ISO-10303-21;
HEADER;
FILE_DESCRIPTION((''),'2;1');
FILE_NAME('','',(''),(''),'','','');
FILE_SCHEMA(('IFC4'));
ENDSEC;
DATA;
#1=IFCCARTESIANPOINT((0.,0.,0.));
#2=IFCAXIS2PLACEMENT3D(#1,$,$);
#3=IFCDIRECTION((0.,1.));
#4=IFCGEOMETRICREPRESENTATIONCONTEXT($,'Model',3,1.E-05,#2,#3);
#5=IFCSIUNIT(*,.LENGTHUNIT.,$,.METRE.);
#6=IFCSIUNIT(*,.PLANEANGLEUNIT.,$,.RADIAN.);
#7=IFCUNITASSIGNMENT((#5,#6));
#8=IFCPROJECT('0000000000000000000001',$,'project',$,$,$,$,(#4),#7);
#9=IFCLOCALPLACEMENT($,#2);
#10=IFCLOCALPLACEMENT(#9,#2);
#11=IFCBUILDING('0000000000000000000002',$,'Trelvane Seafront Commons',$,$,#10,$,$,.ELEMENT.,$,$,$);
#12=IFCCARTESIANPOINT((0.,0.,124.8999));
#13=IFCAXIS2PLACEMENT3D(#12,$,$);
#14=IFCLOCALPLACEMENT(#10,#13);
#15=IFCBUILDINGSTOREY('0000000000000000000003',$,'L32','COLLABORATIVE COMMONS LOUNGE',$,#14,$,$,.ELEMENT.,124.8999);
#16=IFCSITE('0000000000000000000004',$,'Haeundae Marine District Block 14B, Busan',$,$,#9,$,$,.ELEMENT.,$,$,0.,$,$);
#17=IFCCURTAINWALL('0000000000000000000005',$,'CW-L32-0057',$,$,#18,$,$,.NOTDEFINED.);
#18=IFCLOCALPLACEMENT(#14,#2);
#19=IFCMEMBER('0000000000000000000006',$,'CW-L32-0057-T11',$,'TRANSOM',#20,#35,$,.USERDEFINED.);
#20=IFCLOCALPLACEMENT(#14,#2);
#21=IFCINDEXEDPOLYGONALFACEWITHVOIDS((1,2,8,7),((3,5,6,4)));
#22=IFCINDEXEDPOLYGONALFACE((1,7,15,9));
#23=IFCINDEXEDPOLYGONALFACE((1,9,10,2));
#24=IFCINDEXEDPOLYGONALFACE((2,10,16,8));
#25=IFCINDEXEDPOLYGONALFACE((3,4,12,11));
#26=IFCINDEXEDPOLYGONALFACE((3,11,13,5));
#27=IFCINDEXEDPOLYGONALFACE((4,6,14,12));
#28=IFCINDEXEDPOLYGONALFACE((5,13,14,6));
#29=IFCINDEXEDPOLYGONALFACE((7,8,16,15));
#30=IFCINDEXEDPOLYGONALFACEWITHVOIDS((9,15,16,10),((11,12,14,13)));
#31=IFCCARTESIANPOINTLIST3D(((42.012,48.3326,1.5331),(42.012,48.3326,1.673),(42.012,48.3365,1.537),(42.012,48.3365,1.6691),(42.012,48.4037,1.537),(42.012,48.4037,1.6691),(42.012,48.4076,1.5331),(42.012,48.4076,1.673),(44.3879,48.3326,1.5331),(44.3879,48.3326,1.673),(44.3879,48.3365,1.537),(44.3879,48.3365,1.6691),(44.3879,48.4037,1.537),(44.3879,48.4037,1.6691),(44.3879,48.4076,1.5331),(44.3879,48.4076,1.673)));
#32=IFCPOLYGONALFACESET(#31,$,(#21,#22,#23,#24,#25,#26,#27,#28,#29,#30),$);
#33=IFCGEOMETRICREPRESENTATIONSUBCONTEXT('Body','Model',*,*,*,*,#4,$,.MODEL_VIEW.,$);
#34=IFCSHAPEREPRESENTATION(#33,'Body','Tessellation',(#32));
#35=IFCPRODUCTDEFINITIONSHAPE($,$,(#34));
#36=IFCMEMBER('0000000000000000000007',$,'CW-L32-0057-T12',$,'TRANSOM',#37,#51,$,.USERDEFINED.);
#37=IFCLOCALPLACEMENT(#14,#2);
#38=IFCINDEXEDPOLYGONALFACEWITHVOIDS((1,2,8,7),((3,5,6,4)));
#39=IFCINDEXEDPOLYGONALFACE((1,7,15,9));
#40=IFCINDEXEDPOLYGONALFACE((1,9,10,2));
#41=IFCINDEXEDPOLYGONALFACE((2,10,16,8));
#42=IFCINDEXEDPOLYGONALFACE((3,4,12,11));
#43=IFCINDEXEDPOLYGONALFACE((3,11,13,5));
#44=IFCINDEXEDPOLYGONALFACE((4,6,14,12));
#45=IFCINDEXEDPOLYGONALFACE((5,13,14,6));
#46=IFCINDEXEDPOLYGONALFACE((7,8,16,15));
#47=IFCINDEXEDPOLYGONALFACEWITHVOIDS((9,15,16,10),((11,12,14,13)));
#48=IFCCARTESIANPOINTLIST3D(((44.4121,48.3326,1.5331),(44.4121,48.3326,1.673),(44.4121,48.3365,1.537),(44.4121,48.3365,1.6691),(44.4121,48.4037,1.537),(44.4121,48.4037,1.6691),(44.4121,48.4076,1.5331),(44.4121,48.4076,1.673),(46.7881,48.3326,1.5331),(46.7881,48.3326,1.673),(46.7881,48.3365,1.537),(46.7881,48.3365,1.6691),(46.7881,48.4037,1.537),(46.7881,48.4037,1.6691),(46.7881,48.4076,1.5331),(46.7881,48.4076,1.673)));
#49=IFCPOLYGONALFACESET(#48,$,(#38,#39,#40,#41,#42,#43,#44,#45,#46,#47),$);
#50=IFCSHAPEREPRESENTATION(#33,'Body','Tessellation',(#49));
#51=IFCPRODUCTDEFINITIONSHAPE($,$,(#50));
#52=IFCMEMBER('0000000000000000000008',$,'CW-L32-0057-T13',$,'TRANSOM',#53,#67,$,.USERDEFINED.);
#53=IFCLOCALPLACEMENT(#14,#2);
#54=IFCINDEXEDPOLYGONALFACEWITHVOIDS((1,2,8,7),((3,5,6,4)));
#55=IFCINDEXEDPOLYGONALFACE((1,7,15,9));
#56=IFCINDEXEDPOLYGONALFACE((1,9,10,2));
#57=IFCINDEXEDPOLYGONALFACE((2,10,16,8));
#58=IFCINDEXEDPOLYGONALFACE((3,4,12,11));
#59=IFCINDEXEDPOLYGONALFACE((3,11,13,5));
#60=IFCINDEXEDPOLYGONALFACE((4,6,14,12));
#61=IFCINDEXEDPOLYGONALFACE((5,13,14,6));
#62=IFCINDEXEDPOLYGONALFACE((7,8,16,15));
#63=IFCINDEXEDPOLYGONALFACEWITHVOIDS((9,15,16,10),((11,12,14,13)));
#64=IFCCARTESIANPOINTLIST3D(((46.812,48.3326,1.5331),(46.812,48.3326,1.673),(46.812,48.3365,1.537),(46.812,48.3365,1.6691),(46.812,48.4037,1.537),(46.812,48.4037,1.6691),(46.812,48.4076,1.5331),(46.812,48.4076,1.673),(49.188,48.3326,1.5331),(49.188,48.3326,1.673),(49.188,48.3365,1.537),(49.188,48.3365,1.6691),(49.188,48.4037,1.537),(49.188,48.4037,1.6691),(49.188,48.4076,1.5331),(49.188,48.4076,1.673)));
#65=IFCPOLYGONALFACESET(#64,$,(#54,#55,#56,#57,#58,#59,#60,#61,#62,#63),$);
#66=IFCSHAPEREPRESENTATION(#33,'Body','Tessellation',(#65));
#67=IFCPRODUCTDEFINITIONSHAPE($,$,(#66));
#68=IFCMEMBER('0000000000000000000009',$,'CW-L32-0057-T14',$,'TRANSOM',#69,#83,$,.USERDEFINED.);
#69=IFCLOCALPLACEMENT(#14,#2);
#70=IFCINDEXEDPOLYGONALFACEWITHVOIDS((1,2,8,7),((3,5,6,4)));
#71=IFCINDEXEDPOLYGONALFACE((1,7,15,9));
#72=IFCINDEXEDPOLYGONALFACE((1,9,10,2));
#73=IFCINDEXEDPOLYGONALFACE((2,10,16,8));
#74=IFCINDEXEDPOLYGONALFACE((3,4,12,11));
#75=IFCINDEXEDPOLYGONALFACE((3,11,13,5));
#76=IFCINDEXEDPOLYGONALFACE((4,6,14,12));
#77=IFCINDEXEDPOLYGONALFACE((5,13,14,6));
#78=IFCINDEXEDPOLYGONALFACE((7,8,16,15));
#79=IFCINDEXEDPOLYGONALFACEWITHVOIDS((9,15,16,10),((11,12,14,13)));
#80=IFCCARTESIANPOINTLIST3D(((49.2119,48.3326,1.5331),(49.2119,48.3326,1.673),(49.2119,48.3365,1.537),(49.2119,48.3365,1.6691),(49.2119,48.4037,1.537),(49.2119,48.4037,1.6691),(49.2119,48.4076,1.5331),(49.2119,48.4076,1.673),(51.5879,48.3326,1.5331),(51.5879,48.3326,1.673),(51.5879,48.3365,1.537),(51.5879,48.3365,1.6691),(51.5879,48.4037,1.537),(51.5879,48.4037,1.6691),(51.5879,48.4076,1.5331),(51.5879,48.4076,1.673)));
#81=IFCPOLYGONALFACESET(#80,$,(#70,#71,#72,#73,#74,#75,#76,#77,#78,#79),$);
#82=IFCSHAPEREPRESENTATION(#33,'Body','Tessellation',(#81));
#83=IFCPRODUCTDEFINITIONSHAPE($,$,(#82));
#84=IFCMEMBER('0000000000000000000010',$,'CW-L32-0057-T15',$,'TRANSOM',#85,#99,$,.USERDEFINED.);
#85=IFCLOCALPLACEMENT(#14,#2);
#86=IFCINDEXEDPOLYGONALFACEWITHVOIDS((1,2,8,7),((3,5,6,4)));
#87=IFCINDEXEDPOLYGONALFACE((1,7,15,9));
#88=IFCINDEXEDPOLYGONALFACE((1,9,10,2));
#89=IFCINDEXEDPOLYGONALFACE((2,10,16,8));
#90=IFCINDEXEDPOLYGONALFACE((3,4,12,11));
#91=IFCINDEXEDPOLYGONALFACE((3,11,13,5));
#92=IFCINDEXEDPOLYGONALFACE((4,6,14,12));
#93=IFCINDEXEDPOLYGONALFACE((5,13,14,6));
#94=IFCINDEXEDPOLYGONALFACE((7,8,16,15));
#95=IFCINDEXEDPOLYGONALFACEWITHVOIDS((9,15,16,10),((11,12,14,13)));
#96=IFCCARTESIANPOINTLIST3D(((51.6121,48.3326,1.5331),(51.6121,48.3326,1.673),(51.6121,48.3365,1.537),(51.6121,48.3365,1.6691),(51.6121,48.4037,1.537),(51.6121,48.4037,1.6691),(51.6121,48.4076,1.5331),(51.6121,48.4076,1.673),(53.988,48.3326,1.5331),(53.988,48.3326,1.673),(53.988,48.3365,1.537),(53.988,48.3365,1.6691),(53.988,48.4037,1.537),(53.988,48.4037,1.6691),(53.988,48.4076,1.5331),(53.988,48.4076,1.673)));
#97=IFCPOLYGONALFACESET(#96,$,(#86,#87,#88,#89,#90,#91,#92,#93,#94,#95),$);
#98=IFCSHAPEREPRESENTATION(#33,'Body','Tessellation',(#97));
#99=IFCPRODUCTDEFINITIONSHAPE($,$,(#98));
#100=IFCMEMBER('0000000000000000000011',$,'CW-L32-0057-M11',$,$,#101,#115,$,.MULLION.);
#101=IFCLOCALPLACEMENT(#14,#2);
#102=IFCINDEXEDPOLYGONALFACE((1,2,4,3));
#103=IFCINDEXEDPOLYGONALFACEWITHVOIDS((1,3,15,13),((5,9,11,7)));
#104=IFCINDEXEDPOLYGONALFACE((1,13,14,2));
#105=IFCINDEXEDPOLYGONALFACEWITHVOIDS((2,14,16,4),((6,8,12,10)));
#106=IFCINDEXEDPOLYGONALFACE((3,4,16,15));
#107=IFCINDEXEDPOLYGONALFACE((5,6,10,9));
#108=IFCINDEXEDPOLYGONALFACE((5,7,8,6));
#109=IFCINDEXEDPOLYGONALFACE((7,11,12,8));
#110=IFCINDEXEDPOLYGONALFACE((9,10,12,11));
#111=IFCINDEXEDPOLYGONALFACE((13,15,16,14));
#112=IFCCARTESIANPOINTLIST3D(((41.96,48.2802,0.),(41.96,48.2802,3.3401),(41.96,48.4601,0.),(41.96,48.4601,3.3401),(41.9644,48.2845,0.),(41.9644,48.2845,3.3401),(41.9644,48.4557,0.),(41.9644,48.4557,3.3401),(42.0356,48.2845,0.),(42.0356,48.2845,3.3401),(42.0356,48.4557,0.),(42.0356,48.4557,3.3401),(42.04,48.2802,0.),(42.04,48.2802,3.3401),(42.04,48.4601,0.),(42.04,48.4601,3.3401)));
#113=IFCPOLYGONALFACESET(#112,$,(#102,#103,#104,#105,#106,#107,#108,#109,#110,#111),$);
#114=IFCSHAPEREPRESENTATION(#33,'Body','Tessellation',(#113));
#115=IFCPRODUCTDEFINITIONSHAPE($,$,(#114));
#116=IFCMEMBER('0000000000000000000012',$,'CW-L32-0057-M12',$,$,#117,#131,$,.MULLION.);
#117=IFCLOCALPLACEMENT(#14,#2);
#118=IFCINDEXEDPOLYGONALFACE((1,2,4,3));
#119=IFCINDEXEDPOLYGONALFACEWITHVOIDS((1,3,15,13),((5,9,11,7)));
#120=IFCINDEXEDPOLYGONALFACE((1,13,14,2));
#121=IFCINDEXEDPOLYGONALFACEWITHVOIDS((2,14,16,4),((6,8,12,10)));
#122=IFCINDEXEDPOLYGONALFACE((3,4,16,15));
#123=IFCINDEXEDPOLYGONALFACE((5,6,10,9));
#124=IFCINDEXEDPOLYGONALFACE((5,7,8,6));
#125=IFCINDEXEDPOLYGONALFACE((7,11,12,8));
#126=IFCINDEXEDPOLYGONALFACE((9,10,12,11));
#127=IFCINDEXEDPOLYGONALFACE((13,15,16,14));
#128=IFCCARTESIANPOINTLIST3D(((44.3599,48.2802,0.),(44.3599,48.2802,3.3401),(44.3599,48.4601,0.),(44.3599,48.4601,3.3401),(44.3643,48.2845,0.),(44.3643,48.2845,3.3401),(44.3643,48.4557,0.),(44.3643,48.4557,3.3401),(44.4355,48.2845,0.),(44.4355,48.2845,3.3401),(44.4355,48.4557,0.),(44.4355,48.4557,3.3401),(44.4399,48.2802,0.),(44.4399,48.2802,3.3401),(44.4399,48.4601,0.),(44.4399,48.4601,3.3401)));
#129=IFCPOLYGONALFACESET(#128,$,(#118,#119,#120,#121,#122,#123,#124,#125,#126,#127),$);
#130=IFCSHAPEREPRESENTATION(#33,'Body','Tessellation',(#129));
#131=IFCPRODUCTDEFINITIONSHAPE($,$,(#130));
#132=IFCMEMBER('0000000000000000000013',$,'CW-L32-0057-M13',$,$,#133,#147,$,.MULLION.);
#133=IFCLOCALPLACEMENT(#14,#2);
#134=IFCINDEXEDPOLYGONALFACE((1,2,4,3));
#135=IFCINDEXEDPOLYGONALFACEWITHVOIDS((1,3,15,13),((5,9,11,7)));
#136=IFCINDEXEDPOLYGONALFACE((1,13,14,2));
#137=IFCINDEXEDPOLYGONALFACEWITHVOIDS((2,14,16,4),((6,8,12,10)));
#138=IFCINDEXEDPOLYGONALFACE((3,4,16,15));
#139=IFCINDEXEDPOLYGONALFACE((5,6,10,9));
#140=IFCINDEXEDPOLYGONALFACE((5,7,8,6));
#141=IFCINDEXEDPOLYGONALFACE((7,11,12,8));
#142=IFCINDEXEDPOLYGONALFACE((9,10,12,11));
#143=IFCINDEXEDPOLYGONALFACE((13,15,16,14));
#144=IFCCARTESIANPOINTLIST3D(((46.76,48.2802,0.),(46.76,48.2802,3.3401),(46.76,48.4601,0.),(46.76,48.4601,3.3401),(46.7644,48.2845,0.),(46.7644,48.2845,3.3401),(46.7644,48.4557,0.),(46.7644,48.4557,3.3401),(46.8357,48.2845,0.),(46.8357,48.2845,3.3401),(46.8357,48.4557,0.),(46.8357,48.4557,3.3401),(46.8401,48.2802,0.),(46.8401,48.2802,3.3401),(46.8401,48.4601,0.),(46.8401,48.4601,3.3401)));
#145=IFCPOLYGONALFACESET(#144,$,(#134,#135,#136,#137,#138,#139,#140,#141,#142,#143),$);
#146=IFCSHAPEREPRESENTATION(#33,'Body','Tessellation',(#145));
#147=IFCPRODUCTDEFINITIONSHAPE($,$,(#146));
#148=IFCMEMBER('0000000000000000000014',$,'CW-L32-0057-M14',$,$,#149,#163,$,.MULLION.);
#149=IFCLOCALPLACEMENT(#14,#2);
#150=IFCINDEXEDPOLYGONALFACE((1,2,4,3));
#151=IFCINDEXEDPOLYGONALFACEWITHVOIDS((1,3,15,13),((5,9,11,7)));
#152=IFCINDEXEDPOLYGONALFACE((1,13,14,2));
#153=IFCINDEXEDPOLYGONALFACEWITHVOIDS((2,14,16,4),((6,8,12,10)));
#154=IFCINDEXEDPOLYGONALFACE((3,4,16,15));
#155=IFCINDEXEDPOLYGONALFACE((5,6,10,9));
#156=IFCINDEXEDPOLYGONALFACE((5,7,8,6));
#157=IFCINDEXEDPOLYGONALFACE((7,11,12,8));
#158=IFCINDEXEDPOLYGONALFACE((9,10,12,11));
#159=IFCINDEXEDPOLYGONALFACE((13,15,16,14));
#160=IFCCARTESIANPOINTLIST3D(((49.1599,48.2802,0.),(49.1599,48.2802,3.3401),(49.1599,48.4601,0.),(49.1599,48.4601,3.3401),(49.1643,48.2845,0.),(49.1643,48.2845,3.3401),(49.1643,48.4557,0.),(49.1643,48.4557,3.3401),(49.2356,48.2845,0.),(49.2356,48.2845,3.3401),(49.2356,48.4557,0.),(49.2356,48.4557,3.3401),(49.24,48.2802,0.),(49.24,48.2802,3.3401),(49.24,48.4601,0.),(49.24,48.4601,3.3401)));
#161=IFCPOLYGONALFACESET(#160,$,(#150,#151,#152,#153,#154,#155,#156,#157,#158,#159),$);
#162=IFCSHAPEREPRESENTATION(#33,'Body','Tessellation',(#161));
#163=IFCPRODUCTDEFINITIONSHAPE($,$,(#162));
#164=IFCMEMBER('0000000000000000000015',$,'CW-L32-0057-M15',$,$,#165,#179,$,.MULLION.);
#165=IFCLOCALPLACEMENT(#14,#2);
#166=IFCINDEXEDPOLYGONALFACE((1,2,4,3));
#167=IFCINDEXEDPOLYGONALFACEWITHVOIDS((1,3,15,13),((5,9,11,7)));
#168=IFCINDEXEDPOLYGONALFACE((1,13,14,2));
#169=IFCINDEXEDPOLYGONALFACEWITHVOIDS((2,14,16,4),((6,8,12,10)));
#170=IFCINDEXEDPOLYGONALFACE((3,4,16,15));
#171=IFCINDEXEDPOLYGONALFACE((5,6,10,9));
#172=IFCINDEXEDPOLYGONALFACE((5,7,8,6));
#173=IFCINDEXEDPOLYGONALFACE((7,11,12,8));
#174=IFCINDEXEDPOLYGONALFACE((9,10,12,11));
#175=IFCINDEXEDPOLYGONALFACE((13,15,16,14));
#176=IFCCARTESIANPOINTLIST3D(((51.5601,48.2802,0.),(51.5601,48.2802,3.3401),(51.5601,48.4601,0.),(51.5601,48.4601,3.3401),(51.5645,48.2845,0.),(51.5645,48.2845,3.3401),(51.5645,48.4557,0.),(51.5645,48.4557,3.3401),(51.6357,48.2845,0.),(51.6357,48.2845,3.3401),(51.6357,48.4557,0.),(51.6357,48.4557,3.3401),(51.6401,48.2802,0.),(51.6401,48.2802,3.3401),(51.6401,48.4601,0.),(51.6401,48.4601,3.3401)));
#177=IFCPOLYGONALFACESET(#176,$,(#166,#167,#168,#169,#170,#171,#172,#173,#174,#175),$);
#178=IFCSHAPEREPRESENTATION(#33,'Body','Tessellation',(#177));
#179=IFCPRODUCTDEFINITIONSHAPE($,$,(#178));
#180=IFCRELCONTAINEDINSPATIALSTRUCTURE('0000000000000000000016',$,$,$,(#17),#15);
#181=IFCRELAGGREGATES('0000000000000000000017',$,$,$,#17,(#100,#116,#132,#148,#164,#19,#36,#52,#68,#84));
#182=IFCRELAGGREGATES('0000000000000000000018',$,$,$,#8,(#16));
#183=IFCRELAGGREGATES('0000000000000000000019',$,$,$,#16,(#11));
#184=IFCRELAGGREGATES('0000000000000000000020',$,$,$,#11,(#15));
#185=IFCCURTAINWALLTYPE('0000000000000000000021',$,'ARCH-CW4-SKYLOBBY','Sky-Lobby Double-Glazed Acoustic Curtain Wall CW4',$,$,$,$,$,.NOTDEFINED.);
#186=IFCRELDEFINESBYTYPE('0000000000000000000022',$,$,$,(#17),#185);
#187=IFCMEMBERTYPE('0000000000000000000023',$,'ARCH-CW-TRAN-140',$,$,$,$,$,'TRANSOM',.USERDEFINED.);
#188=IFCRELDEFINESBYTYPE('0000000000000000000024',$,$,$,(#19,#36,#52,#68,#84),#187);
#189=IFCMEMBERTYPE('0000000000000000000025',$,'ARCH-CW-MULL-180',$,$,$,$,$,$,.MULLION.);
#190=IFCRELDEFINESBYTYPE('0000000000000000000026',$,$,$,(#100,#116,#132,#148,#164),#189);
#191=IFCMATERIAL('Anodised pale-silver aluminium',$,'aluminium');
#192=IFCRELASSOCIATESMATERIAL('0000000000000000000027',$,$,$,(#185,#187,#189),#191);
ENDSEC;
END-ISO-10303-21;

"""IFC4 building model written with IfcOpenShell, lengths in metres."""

from ifc_helpers import new_model, si_unit, direction, frame, origin, origin_2d, place, context, subcontext, project, spatial, hollow_rectangle, extrude, source, transform, mapped, material, material_profile, profile_set, type_object, element, aggregate, save


model = new_model("IFC4")

# Units and contexts
model_context = context("Model", 3, precision=1e-05, world=origin(), true_north=direction((0.0, 1.0)))
body_context = subcontext(model_context, "Body", "Model", "MODEL_VIEW")
ifc_project = project(units=[si_unit("LENGTHUNIT", "METRE"), si_unit("PLANEANGLEUNIT", "RADIAN")], contexts=[model_context])

# Site, building, storey
site_placement = place(None, origin())
site = spatial("IfcSite", under=ifc_project, at=site_placement, Name="Haeundae Marine District Block 14B, Busan", CompositionType="ELEMENT", RefElevation=0.0)
building_placement = place(site_placement, origin())
building = spatial("IfcBuilding", under=site, at=building_placement, Name="Trelvane Seafront Commons", CompositionType="ELEMENT")
storey_placement = place(building_placement, frame((0.0, 0.0, 124.8999)))
storey = spatial("IfcBuildingStorey", under=building, at=storey_placement, Name="L32", Description="COLLABORATIVE COMMONS LOUNGE", CompositionType="ELEMENT", Elevation=124.8999)

# Curtain wall, members
ifc_material_1 = material(Name="Anodised pale-silver aluminium", Category="aluminium")
curtain_wall_type = type_object("IfcCurtainWallType", Name="ARCH-CW4-SKYLOBBY", Description="Sky-Lobby Double-Glazed Acoustic Curtain Wall CW4", PredefinedType="NOTDEFINED", material=ifc_material_1)
curtain_wall_placement = place(storey_placement, origin())
curtain_wall = element("IfcCurtainWall", 1, at=curtain_wall_placement, inside=storey, type_object=curtain_wall_type, Name="CW-L32-0057", PredefinedType="NOTDEFINED")
ifc_material_profile_1 = material_profile(ifc_material_1, hollow_rectangle(XDim=0.075, YDim=0.1399, WallThickness=0.0039, at=origin_2d()), Name="TRAN-75x140x4")
ifc_profile_set_1 = profile_set([ifc_material_profile_1], Name="Anodised pale-silver aluminium")
member_type_1 = type_object("IfcMemberType", Name="ARCH-CW-TRAN-140", ElementType="TRANSOM", PredefinedType="USERDEFINED", material=ifc_profile_set_1)
shared_shape_1 = source(origin(), body_context, "Body", "SweptSolid", [
    extrude(hollow_rectangle(XDim=0.075, YDim=0.1399, WallThickness=0.0039, at=origin_2d()), origin(), (0.0, 0.0, 1.0), 2.376),
])
member_1_placement = place(storey_placement, frame((42.012, 48.3701, 1.603), z_axis=(1.0, 0.0, 0.0), x_axis=(0.0, 1.0, 0.0)))
member_1 = element("IfcMember", 2, at=member_1_placement, type_object=member_type_1, Name="CW-L32-0057-T11", ObjectType="TRANSOM", PredefinedType="USERDEFINED", context=body_context, shape_type="MappedRepresentation", body=[
    mapped(shared_shape_1, transform((0.0, 0.0, 0.0), x_axis=(1.0, 0.0, 0.0), y_axis=(0.0, 1.0, 0.0), z_axis=(0.0, 0.0, 1.0), scale=1.0)),
])
member_2_placement = place(storey_placement, frame((44.4121, 48.3701, 1.603), z_axis=(1.0, 0.0, 0.0), x_axis=(0.0, 1.0, 0.0)))
member_2 = element("IfcMember", 3, at=member_2_placement, type_object=member_type_1, Name="CW-L32-0057-T12", ObjectType="TRANSOM", PredefinedType="USERDEFINED", context=body_context, shape_type="MappedRepresentation", body=[
    mapped(shared_shape_1, transform((0.0, 0.0, 0.0), x_axis=(1.0, 0.0, 0.0), y_axis=(0.0, 1.0, 0.0), z_axis=(0.0, 0.0, 1.0), scale=1.0)),
])
member_3_placement = place(storey_placement, frame((46.812, 48.3701, 1.603), z_axis=(1.0, 0.0, 0.0), x_axis=(0.0, 1.0, 0.0)))
member_3 = element("IfcMember", 4, at=member_3_placement, type_object=member_type_1, Name="CW-L32-0057-T13", ObjectType="TRANSOM", PredefinedType="USERDEFINED", context=body_context, shape_type="MappedRepresentation", body=[
    mapped(shared_shape_1, transform((0.0, 0.0, 0.0), x_axis=(1.0, 0.0, 0.0), y_axis=(0.0, 1.0, 0.0), z_axis=(0.0, 0.0, 1.0), scale=1.0)),
])
member_4_placement = place(storey_placement, frame((49.2119, 48.3701, 1.603), z_axis=(1.0, 0.0, 0.0), x_axis=(0.0, 1.0, 0.0)))
member_4 = element("IfcMember", 5, at=member_4_placement, type_object=member_type_1, Name="CW-L32-0057-T14", ObjectType="TRANSOM", PredefinedType="USERDEFINED", context=body_context, shape_type="MappedRepresentation", body=[
    mapped(shared_shape_1, transform((0.0, 0.0, 0.0), x_axis=(1.0, 0.0, 0.0), y_axis=(0.0, 1.0, 0.0), z_axis=(0.0, 0.0, 1.0), scale=1.0)),
])
member_5_placement = place(storey_placement, frame((51.6121, 48.3701, 1.603), z_axis=(1.0, 0.0, 0.0), x_axis=(0.0, 1.0, 0.0)))
member_5 = element("IfcMember", 6, at=member_5_placement, type_object=member_type_1, Name="CW-L32-0057-T15", ObjectType="TRANSOM", PredefinedType="USERDEFINED", context=body_context, shape_type="MappedRepresentation", body=[
    mapped(shared_shape_1, transform((0.0, 0.0, 0.0), x_axis=(1.0, 0.0, 0.0), y_axis=(0.0, 1.0, 0.0), z_axis=(0.0, 0.0, 1.0), scale=1.0)),
])
ifc_material_profile_2 = material_profile(ifc_material_1, hollow_rectangle(XDim=0.0801, YDim=0.1799, WallThickness=0.0044, at=origin_2d()), Name="MULL-80x180x4.5")
ifc_profile_set_2 = profile_set([ifc_material_profile_2], Name="Anodised pale-silver aluminium")
member_type_2 = type_object("IfcMemberType", Name="ARCH-CW-MULL-180", PredefinedType="MULLION", material=ifc_profile_set_2)
shared_shape_2 = source(origin(), body_context, "Body", "SweptSolid", [
    extrude(hollow_rectangle(XDim=0.0801, YDim=0.1799, WallThickness=0.0044, at=origin_2d()), origin(), (0.0, 0.0, 1.0), 3.3401),
])
member_6_placement = place(storey_placement, frame((42.0, 48.3701, 0.0), z_axis=(0.0, 0.0, 1.0), x_axis=(1.0, 0.0, 0.0)))
member_6 = element("IfcMember", 7, at=member_6_placement, type_object=member_type_2, Name="CW-L32-0057-M11", PredefinedType="MULLION", context=body_context, shape_type="MappedRepresentation", body=[
    mapped(shared_shape_2, transform((0.0, 0.0, 0.0), x_axis=(1.0, 0.0, 0.0), y_axis=(0.0, 1.0, 0.0), z_axis=(0.0, 0.0, 1.0), scale=1.0)),
])
member_7_placement = place(storey_placement, frame((44.3999, 48.3701, 0.0), z_axis=(0.0, 0.0, 1.0), x_axis=(1.0, 0.0, 0.0)))
member_7 = element("IfcMember", 8, at=member_7_placement, type_object=member_type_2, Name="CW-L32-0057-M12", PredefinedType="MULLION", context=body_context, shape_type="MappedRepresentation", body=[
    mapped(shared_shape_2, transform((0.0, 0.0, 0.0), x_axis=(1.0, 0.0, 0.0), y_axis=(0.0, 1.0, 0.0), z_axis=(0.0, 0.0, 1.0), scale=1.0)),
])
member_8_placement = place(storey_placement, frame((46.8, 48.3701, 0.0), z_axis=(0.0, 0.0, 1.0), x_axis=(1.0, 0.0, 0.0)))
member_8 = element("IfcMember", 9, at=member_8_placement, type_object=member_type_2, Name="CW-L32-0057-M13", PredefinedType="MULLION", context=body_context, shape_type="MappedRepresentation", body=[
    mapped(shared_shape_2, transform((0.0, 0.0, 0.0), x_axis=(1.0, 0.0, 0.0), y_axis=(0.0, 1.0, 0.0), z_axis=(0.0, 0.0, 1.0), scale=1.0)),
])
member_9_placement = place(storey_placement, frame((49.2, 48.3701, 0.0), z_axis=(0.0, 0.0, 1.0), x_axis=(1.0, 0.0, 0.0)))
member_9 = element("IfcMember", 10, at=member_9_placement, type_object=member_type_2, Name="CW-L32-0057-M14", PredefinedType="MULLION", context=body_context, shape_type="MappedRepresentation", body=[
    mapped(shared_shape_2, transform((0.0, 0.0, 0.0), x_axis=(1.0, 0.0, 0.0), y_axis=(0.0, 1.0, 0.0), z_axis=(0.0, 0.0, 1.0), scale=1.0)),
])
member_10_placement = place(storey_placement, frame((51.6001, 48.3701, 0.0), z_axis=(0.0, 0.0, 1.0), x_axis=(1.0, 0.0, 0.0)))
member_10 = element("IfcMember", 11, at=member_10_placement, type_object=member_type_2, Name="CW-L32-0057-M15", PredefinedType="MULLION", context=body_context, shape_type="MappedRepresentation", body=[
    mapped(shared_shape_2, transform((0.0, 0.0, 0.0), x_axis=(1.0, 0.0, 0.0), y_axis=(0.0, 1.0, 0.0), z_axis=(0.0, 0.0, 1.0), scale=1.0)),
])

aggregate(curtain_wall, [member_6, member_7, member_8, member_9, member_10, member_1, member_2, member_3, member_4, member_5])

save(model, "model.ifc")
